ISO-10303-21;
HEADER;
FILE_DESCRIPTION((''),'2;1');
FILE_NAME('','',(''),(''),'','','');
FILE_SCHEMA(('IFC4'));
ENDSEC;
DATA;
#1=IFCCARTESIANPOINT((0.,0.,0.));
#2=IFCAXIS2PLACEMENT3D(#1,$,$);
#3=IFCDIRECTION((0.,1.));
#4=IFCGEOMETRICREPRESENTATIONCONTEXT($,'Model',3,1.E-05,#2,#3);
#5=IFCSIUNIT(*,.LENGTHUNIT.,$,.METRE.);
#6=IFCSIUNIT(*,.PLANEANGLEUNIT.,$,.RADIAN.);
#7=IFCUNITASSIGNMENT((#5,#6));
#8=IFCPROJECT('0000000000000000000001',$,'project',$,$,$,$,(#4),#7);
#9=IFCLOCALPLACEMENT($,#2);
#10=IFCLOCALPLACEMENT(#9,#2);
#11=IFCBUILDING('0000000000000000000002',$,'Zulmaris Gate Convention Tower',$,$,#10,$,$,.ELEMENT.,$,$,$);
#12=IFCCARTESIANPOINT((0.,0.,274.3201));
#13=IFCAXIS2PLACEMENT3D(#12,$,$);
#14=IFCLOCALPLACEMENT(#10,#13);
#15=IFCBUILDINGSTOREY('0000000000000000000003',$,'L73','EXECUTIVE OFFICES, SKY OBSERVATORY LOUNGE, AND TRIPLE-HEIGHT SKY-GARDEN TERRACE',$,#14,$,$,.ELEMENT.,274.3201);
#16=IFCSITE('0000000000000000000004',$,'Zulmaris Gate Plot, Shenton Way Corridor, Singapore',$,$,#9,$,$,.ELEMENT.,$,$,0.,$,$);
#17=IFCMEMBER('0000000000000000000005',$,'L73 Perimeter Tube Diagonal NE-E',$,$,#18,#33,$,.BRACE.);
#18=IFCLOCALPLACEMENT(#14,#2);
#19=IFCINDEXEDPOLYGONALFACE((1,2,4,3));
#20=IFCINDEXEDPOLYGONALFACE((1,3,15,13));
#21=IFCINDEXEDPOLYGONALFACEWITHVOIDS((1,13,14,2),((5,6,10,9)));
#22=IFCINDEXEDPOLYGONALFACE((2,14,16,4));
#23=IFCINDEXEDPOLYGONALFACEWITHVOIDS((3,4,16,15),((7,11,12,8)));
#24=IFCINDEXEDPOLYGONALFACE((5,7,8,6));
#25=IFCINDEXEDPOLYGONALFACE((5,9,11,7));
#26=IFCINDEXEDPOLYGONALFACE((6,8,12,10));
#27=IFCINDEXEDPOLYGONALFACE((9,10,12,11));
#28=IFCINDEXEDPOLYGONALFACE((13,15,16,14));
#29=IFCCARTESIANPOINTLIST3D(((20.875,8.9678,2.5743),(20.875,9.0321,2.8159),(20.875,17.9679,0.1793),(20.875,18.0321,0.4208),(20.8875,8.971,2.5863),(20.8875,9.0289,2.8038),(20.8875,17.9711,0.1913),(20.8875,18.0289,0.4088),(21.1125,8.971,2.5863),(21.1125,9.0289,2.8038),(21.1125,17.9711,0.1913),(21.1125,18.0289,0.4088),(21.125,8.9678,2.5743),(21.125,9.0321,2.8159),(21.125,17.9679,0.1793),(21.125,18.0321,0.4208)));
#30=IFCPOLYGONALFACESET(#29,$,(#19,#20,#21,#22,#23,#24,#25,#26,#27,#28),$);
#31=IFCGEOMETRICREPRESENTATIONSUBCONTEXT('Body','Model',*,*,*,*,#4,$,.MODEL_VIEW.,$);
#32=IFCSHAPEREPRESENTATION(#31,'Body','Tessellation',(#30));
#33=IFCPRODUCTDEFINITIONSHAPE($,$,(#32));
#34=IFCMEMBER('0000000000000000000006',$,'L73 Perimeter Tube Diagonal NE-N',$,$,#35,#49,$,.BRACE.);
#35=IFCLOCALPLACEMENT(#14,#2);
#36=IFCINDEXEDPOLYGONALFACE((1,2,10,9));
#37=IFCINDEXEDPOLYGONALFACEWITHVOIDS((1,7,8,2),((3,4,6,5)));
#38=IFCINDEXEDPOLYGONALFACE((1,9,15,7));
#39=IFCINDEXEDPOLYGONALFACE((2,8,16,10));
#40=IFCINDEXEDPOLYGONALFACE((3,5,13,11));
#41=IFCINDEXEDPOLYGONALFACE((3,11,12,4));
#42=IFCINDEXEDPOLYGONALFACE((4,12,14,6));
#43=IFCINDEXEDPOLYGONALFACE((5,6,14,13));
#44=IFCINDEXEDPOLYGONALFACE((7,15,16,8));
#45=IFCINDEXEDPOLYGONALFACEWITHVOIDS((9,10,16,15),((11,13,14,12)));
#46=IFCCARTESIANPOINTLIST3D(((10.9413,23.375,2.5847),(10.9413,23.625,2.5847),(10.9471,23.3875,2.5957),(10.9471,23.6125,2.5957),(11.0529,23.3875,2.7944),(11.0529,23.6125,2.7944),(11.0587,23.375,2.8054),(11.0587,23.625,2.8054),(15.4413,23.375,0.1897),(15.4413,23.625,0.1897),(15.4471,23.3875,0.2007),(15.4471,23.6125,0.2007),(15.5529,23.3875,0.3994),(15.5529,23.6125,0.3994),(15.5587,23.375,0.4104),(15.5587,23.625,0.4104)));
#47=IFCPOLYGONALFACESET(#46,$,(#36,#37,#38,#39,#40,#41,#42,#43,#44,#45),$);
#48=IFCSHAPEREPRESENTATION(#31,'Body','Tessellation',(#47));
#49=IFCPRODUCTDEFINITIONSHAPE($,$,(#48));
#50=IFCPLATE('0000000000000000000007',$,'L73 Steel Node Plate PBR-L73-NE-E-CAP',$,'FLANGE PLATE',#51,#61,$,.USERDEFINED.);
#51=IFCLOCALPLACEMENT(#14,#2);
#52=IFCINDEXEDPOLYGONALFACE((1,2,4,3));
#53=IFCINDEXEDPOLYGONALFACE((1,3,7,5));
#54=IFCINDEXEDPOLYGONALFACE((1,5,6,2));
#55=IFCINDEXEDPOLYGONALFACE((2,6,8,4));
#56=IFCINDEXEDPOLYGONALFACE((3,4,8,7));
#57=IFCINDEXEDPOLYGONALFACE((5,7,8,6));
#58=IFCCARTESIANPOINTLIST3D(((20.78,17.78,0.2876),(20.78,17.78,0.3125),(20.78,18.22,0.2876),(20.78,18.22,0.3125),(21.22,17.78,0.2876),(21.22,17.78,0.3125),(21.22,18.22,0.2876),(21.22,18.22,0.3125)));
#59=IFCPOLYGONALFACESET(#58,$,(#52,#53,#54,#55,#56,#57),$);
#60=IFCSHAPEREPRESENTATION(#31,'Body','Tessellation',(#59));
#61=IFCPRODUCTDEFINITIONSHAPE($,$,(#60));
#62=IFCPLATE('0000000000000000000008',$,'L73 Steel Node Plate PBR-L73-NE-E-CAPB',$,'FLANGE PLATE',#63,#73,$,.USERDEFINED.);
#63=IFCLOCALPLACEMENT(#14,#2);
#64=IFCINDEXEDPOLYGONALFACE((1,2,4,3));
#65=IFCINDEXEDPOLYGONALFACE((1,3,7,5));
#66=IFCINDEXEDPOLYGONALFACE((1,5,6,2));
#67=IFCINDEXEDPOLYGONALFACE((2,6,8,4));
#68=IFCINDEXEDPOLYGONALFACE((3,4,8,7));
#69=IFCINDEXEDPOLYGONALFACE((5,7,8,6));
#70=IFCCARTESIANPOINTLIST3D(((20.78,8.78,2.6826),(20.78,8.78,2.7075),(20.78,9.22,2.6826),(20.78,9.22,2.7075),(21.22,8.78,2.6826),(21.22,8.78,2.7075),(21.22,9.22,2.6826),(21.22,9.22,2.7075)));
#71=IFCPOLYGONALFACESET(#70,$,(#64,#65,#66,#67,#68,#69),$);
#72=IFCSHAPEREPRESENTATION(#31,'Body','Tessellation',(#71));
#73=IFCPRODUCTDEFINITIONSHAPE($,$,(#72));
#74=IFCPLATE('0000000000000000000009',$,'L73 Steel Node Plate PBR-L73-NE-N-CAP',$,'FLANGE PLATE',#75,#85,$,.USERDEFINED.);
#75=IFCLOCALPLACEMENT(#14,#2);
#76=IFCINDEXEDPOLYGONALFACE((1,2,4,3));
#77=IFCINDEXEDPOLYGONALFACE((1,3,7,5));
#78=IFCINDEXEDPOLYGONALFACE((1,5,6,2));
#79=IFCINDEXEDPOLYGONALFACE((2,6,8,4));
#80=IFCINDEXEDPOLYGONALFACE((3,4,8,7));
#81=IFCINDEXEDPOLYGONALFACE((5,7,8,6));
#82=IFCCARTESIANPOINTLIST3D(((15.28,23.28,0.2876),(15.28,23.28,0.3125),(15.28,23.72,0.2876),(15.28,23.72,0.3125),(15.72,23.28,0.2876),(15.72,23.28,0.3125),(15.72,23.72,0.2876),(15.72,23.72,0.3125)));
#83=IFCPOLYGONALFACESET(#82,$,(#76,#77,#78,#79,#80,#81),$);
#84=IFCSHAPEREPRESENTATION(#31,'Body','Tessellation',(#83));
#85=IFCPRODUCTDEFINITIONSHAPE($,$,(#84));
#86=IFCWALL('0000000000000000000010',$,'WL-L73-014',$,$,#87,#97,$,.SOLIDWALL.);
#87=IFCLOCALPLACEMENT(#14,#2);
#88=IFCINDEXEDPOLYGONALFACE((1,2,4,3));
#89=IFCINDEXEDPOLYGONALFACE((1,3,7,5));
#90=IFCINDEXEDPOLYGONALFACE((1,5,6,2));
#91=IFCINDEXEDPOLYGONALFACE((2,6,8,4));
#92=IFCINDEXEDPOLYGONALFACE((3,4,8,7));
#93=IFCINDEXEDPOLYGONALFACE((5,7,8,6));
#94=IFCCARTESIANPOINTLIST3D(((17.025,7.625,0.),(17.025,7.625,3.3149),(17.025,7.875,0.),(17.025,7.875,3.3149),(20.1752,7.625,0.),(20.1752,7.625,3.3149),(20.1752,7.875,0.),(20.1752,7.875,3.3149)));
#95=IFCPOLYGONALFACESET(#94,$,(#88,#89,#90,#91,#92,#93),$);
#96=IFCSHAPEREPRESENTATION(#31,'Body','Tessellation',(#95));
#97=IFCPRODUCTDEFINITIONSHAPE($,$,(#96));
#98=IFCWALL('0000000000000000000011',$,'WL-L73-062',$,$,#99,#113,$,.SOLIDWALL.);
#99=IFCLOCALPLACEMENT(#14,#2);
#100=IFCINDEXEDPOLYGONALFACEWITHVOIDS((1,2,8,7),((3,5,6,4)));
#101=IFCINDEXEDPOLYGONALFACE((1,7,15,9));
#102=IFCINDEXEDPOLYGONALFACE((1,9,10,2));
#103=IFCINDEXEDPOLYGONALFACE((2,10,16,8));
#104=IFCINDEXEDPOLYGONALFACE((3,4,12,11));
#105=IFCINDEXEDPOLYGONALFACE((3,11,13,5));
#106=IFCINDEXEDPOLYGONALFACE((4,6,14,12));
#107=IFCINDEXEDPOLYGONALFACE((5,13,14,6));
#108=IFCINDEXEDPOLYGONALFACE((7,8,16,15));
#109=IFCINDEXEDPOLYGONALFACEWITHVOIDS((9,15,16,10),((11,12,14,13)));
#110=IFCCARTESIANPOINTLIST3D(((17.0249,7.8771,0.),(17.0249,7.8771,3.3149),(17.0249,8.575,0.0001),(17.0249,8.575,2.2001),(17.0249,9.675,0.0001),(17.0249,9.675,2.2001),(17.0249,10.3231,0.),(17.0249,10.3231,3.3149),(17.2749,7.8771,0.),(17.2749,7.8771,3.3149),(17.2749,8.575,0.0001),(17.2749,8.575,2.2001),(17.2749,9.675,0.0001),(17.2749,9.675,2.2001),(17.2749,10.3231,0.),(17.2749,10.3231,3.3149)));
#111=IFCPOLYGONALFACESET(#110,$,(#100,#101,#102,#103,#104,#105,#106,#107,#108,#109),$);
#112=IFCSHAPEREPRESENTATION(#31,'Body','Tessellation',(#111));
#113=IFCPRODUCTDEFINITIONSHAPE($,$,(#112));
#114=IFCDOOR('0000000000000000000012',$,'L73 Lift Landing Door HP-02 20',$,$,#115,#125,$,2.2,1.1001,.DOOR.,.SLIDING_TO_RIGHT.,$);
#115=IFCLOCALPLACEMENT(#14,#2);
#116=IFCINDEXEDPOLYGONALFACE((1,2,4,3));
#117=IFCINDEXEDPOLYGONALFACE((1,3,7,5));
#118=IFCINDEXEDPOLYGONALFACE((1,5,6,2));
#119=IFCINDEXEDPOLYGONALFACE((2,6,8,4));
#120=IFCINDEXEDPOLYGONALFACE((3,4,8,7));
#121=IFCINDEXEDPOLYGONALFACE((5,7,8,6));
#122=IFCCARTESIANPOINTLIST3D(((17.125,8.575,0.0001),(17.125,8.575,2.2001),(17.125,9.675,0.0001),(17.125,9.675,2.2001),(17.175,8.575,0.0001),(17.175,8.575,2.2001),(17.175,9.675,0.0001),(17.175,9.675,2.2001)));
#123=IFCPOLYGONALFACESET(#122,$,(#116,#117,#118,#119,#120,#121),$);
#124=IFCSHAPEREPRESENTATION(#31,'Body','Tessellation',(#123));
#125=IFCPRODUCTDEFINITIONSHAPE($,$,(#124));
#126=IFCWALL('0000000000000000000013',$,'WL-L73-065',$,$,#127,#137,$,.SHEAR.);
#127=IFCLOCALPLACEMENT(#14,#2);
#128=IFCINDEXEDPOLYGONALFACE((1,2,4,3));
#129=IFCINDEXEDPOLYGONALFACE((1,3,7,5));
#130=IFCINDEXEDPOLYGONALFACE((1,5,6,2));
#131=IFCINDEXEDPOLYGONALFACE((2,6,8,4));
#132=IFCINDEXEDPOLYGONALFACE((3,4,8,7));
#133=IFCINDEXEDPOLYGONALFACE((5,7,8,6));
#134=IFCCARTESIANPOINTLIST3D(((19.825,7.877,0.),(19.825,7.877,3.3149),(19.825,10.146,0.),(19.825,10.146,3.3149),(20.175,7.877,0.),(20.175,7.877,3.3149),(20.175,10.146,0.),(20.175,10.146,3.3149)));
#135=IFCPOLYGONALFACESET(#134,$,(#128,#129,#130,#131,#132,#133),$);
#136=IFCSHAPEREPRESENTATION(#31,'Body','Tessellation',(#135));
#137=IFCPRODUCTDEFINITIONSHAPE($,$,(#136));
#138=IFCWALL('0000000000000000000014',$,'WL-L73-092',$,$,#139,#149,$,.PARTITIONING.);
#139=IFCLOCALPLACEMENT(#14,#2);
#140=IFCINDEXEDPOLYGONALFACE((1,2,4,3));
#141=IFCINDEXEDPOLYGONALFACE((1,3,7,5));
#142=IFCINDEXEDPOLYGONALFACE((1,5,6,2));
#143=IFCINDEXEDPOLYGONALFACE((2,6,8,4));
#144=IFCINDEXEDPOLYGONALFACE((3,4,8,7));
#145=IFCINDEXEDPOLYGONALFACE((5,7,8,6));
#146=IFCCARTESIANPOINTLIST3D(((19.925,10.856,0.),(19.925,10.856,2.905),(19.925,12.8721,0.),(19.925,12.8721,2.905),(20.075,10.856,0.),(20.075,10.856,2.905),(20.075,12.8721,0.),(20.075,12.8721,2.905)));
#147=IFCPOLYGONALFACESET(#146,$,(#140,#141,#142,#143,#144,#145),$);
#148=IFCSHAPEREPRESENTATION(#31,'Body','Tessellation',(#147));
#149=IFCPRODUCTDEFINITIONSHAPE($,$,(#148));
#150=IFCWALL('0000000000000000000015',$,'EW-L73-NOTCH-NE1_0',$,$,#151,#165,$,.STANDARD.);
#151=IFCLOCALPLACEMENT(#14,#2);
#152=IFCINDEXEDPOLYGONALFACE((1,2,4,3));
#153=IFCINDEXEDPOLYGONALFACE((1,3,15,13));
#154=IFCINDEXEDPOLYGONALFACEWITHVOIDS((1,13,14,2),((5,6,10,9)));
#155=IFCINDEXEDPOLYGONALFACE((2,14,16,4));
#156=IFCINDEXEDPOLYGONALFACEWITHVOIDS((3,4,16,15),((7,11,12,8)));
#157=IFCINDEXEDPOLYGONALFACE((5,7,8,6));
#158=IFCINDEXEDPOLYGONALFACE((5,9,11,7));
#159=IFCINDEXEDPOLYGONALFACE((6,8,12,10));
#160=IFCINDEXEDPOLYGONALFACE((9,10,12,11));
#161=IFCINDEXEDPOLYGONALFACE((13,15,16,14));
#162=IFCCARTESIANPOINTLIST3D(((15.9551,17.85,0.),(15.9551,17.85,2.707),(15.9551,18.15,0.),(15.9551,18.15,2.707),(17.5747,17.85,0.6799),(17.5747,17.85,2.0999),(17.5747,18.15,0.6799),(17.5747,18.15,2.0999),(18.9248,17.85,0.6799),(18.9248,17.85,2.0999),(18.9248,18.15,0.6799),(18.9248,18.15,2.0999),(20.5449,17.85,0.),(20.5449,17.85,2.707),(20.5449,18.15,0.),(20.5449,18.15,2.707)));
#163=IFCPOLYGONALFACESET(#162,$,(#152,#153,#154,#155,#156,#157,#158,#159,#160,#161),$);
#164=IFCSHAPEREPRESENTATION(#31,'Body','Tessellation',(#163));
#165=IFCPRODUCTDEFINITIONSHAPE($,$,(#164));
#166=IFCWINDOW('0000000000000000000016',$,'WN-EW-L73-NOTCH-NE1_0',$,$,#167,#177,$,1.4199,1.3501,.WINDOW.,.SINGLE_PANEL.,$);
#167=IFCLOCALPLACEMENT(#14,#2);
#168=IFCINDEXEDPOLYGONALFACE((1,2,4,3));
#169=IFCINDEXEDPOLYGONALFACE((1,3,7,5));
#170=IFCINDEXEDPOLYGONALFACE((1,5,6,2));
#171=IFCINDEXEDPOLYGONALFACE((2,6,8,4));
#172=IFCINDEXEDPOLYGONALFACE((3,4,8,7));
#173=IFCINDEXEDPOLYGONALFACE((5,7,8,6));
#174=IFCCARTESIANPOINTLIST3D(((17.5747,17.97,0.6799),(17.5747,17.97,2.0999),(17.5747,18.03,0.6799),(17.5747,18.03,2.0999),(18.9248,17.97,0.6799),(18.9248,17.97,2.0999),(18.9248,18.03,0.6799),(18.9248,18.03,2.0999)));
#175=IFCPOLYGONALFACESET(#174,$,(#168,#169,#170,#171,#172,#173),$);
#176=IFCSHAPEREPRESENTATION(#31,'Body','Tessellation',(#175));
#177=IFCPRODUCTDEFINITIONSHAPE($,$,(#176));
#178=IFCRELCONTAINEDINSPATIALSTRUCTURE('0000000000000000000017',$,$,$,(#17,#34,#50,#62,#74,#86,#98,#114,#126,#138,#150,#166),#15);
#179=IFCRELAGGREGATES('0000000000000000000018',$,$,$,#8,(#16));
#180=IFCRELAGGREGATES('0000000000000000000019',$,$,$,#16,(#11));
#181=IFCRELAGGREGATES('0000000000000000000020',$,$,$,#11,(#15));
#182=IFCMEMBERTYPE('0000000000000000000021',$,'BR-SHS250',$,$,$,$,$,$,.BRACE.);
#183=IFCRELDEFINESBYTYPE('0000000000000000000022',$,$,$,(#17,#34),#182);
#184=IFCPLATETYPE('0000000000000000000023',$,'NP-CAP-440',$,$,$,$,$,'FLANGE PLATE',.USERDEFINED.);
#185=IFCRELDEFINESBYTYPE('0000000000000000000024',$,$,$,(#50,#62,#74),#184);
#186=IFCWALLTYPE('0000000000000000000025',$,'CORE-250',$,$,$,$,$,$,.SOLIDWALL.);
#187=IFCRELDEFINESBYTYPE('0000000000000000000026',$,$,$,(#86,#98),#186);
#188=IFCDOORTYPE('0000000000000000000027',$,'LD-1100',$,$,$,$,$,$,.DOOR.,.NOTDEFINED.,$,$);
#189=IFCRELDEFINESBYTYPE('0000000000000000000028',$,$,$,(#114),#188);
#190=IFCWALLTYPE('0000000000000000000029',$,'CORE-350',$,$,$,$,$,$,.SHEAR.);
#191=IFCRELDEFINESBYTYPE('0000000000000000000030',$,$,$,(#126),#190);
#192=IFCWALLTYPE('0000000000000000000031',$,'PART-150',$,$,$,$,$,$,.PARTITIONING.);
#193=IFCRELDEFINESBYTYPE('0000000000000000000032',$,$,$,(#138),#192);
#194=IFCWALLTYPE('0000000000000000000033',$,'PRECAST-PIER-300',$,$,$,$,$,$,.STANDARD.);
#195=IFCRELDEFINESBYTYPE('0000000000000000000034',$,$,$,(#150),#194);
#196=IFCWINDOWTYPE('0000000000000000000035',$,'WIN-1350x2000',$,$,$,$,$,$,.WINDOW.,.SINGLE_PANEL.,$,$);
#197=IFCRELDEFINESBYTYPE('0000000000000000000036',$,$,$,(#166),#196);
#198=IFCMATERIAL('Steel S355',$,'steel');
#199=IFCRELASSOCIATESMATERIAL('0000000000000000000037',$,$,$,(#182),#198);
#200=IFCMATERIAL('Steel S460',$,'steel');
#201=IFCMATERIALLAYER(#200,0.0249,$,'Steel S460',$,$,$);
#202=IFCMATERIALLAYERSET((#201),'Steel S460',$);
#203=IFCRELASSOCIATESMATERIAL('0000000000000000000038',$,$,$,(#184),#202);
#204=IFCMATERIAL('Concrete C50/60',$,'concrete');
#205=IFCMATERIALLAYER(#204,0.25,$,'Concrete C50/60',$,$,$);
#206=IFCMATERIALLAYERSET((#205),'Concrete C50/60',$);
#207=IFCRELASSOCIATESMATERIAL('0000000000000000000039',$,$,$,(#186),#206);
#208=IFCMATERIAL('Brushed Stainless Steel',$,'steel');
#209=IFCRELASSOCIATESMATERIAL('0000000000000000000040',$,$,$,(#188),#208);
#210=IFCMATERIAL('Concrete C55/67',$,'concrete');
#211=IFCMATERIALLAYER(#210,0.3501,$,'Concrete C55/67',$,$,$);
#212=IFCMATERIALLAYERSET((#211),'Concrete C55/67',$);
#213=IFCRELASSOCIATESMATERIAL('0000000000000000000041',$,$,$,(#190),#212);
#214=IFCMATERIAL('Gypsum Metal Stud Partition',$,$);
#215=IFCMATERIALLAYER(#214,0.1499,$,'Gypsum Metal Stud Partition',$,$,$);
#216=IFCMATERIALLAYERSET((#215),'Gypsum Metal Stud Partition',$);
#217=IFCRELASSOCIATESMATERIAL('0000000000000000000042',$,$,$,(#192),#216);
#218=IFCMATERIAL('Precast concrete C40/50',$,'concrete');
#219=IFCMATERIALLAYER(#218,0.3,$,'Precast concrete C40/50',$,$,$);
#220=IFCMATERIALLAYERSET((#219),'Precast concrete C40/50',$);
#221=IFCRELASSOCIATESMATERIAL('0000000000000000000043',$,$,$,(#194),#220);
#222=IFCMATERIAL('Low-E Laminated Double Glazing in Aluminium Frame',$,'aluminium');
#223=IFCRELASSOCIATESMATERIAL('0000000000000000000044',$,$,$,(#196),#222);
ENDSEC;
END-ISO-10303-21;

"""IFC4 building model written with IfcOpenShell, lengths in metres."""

from ifc_helpers import new_model, si_unit, direction, frame, frame_2d, origin, origin_2d, place, context, subcontext, project, spatial, rectangle, hollow_rectangle, extrude, material, layer, layer_set, material_profile, profile_set, type_object, element, fill, save


model = new_model("IFC4")

# Units and contexts
model_context = context("Model", 3, precision=1e-05, world=origin(), true_north=direction((0.0, 1.0)))
body_context = subcontext(model_context, "Body", "Model", "MODEL_VIEW")
ifc_project = project(units=[si_unit("LENGTHUNIT", "METRE"), si_unit("PLANEANGLEUNIT", "RADIAN")], contexts=[model_context])

# Site, building, storey
site_placement = place(None, origin())
site = spatial("IfcSite", under=ifc_project, at=site_placement, Name="Zulmaris Gate Plot, Shenton Way Corridor, Singapore", CompositionType="ELEMENT", RefElevation=0.0)
building_placement = place(site_placement, origin())
building = spatial("IfcBuilding", under=site, at=building_placement, Name="Zulmaris Gate Convention Tower", CompositionType="ELEMENT")
storey_placement = place(building_placement, frame((0.0, 0.0, 274.3201)))
storey = spatial("IfcBuildingStorey", under=building, at=storey_placement, Name="L73", Description="EXECUTIVE OFFICES, SKY OBSERVATORY LOUNGE, AND TRIPLE-HEIGHT SKY-GARDEN TERRACE", CompositionType="ELEMENT", Elevation=274.3201)

# Shared definitions
ifc_material_1 = material(Name="Concrete C50/60", Category="concrete")

# Shared definitions
ifc_material_2 = material(Name="Steel S355", Category="steel")

# Members
ifc_material_profile_1 = material_profile(ifc_material_2, hollow_rectangle(XDim=0.25, YDim=0.25, WallThickness=0.0125, at=origin_2d()), Name="SHS 250x250x12.5")
ifc_profile_set_1 = profile_set([ifc_material_profile_1], Name="Steel S355")
member_type = type_object("IfcMemberType", Name="BR-SHS250", PredefinedType="BRACE", material=ifc_profile_set_1)
member_1_placement = place(storey_placement, frame((21.0, 18.0, 0.3), z_axis=(0.0, -0.966368, 0.257163), x_axis=(1.0, 0.0, 0.0)))
element("IfcMember", 1, at=member_1_placement, inside=storey, type_object=member_type, Name="L73 Perimeter Tube Diagonal NE-E", PredefinedType="BRACE", context=body_context, shape_type="SweptSolid", body=[
    extrude(hollow_rectangle(XDim=0.25, YDim=0.25, WallThickness=0.0125, at=origin_2d()), origin(), (0.0, 0.0, 1.0), 9.3132),
])
member_2_placement = place(storey_placement, frame((15.5, 23.5, 0.3), z_axis=(-0.882758, 0.0, 0.469827), x_axis=(0.0, -1.0, 0.0)))
element("IfcMember", 2, at=member_2_placement, inside=storey, type_object=member_type, Name="L73 Perimeter Tube Diagonal NE-N", PredefinedType="BRACE", context=body_context, shape_type="SweptSolid", body=[
    extrude(hollow_rectangle(XDim=0.25, YDim=0.25, WallThickness=0.0125, at=origin_2d()), origin(), (0.0, 0.0, 1.0), 5.0977),
])

# Plates
ifc_material_3 = material(Name="Steel S460", Category="steel")
ifc_layer_1 = layer(ifc_material_3, 0.0249, Name="Steel S460")
ifc_layer_set_1 = layer_set([ifc_layer_1], Name="Steel S460")
plate_type = type_object("IfcPlateType", Name="NP-CAP-440", ElementType="FLANGE PLATE", PredefinedType="USERDEFINED", material=ifc_layer_set_1)
for number, where, z_axis, x_axis, name in (
    (3, (21.0, 18.0, 0.2876), (0.0, 0.0, 1.0), (1.0, 0.0, 0.0), "L73 Steel Node Plate PBR-L73-NE-E-CAP"),
    (4, (21.0, 9.0, 2.6826), (0.0, 0.0, 1.0), (1.0, 0.0, 0.0), "L73 Steel Node Plate PBR-L73-NE-E-CAPB"),
    (5, (15.5, 23.5, 0.2876), (0.0, 0.0, 1.0), (1.0, 0.0, 0.0), "L73 Steel Node Plate PBR-L73-NE-N-CAP"),
):
    element("IfcPlate", number, at=place(storey_placement, frame(where, z_axis=z_axis, x_axis=x_axis)), inside=storey, type_object=plate_type, Name=name, ObjectType="FLANGE PLATE", PredefinedType="USERDEFINED", context=body_context, shape_type="SweptSolid", body=[
        extrude(rectangle(XDim=0.4399, YDim=0.4399, at=origin_2d()), origin(), (0.0, 0.0, 1.0), 0.0249),
    ])

# Wall
ifc_layer_2 = layer(ifc_material_1, 0.25, Name="Concrete C50/60")
ifc_layer_set_2 = layer_set([ifc_layer_2], Name="Concrete C50/60")
wall_type_1 = type_object("IfcWallType", Name="CORE-250", PredefinedType="SOLIDWALL", material=ifc_layer_set_2)
wall_1_placement = place(storey_placement, frame((17.0249, 7.75, 0.0), z_axis=(0.0, 0.0, 1.0), x_axis=(1.0, 0.0, 0.0)))
element("IfcWall", 6, at=wall_1_placement, inside=storey, type_object=wall_type_1, Name="WL-L73-014", PredefinedType="SOLIDWALL", context=body_context, shape_type="SweptSolid", body=[
    extrude(rectangle(XDim=3.1501, YDim=0.25, at=frame_2d((1.5752, 0.0))), origin(), (0.0, 0.0, 1.0), 3.3149),
])

# Wall, opening, door
wall_2_placement = place(storey_placement, frame((17.1499, 7.877, 0.0), z_axis=(0.0, 0.0, 1.0), x_axis=(0.0, 1.0, 0.0)))
wall_2 = element("IfcWall", 7, at=wall_2_placement, inside=storey, type_object=wall_type_1, Name="WL-L73-062", PredefinedType="SOLIDWALL", context=body_context, shape_type="SweptSolid", body=[
    extrude(rectangle(XDim=2.446, YDim=0.25, at=frame_2d((1.2231, 0.0))), origin(), (0.0, 0.0, 1.0), 3.3149),
])
opening_1_placement = place(wall_2_placement, frame((0.698, 0.0, 0.0)))
opening_1 = element("IfcOpeningElement", 8, at=opening_1_placement, cuts=wall_2, PredefinedType="OPENING", context=body_context, shape_type="SweptSolid", body=[
    extrude(rectangle(XDim=1.1001, YDim=2.2, at=frame_2d((0.55, 1.1001))), frame((0.0, 0.135, 0.0), z_axis=(0.0, -1.0, 0.0), x_axis=(1.0, 0.0, 0.0)), (0.0, 0.0, 1.0), 0.27),
])
ifc_material_4 = material(Name="Brushed Stainless Steel", Category="steel")
door_type = type_object("IfcDoorType", Name="LD-1100", OperationType="NOTDEFINED", PredefinedType="DOOR", material=ifc_material_4)
door_placement = place(opening_1_placement, origin())
door = element("IfcDoor", 9, at=door_placement, inside=storey, type_object=door_type, Name="L73 Lift Landing Door HP-02 20", OperationType="SLIDING_TO_RIGHT", OverallHeight=2.2, OverallWidth=1.1001, PredefinedType="DOOR", context=body_context, shape_type="SweptSolid", body=[
    extrude(rectangle(XDim=1.1001, YDim=2.2, at=frame_2d((0.55, 1.1001))), frame((0.0, 0.0249, 0.0), z_axis=(0.0, -1.0, 0.0), x_axis=(1.0, 0.0, 0.0)), (0.0, 0.0, 1.0), 0.05),
])
fill(opening_1, door)

# Walls
ifc_material_5 = material(Name="Concrete C55/67", Category="concrete")
ifc_layer_3 = layer(ifc_material_5, 0.3501, Name="Concrete C55/67")
ifc_layer_set_3 = layer_set([ifc_layer_3], Name="Concrete C55/67")
wall_type_2 = type_object("IfcWallType", Name="CORE-350", PredefinedType="SHEAR", material=ifc_layer_set_3)
wall_3_placement = place(storey_placement, frame((20.0, 7.877, 0.0), z_axis=(0.0, 0.0, 1.0), x_axis=(0.0, 1.0, 0.0)))
element("IfcWall", 10, at=wall_3_placement, inside=storey, type_object=wall_type_2, Name="WL-L73-065", PredefinedType="SHEAR", context=body_context, shape_type="SweptSolid", body=[
    extrude(rectangle(XDim=2.269, YDim=0.3501, at=frame_2d((1.1345, 0.0))), origin(), (0.0, 0.0, 1.0), 3.3149),
])
ifc_material_6 = material(Name="Gypsum Metal Stud Partition")
ifc_layer_4 = layer(ifc_material_6, 0.1499, Name="Gypsum Metal Stud Partition")
ifc_layer_set_4 = layer_set([ifc_layer_4], Name="Gypsum Metal Stud Partition")
wall_type_3 = type_object("IfcWallType", Name="PART-150", PredefinedType="PARTITIONING", material=ifc_layer_set_4)
wall_4_placement = place(storey_placement, frame((20.0, 10.856, 0.0), z_axis=(0.0, 0.0, 1.0), x_axis=(0.0, 1.0, 0.0)))
element("IfcWall", 11, at=wall_4_placement, inside=storey, type_object=wall_type_3, Name="WL-L73-092", PredefinedType="PARTITIONING", context=body_context, shape_type="SweptSolid", body=[
    extrude(rectangle(XDim=2.0161, YDim=0.1499, at=frame_2d((1.0081, 0.0))), origin(), (0.0, 0.0, 1.0), 2.905),
])

# Wall, opening, window
ifc_material_7 = material(Name="Precast concrete C40/50", Category="concrete")
ifc_layer_5 = layer(ifc_material_7, 0.3, Name="Precast concrete C40/50")
ifc_layer_set_5 = layer_set([ifc_layer_5], Name="Precast concrete C40/50")
wall_type_4 = type_object("IfcWallType", Name="PRECAST-PIER-300", PredefinedType="STANDARD", material=ifc_layer_set_5)
wall_5_placement = place(storey_placement, frame((20.5449, 18.0, 0.0), z_axis=(0.0, 0.0, 1.0), x_axis=(-1.0, 0.0, 0.0)))
wall_5 = element("IfcWall", 12, at=wall_5_placement, inside=storey, type_object=wall_type_4, Name="EW-L73-NOTCH-NE1_0", PredefinedType="STANDARD", context=body_context, shape_type="SweptSolid", body=[
    extrude(rectangle(XDim=4.5898, YDim=0.3, at=frame_2d((2.2949, 0.0))), origin(), (0.0, 0.0, 1.0), 2.707),
])
opening_2_placement = place(wall_5_placement, frame((1.6201, 0.0, 0.6799)))
opening_2 = element("IfcOpeningElement", 13, at=opening_2_placement, cuts=wall_5, PredefinedType="OPENING", context=body_context, shape_type="SweptSolid", body=[
    extrude(rectangle(XDim=1.3501, YDim=1.4199, at=frame_2d((0.675, 0.71))), frame((0.0, 0.1602, 0.0), z_axis=(0.0, -1.0, 0.0), x_axis=(1.0, 0.0, 0.0)), (0.0, 0.0, 1.0), 0.3201),
])
ifc_material_8 = material(Name="Low-E Laminated Double Glazing in Aluminium Frame", Category="aluminium")
window_type = type_object("IfcWindowType", Name="WIN-1350x2000", PartitioningType="SINGLE_PANEL", PredefinedType="WINDOW", material=ifc_material_8)
window_placement = place(opening_2_placement, origin())
window = element("IfcWindow", 14, at=window_placement, inside=storey, type_object=window_type, Name="WN-EW-L73-NOTCH-NE1_0", OverallHeight=1.4199, OverallWidth=1.3501, PartitioningType="SINGLE_PANEL", PredefinedType="WINDOW", context=body_context, shape_type="SweptSolid", body=[
    extrude(rectangle(XDim=1.3501, YDim=1.4199, at=frame_2d((0.675, 0.71))), frame((0.0, 0.03, 0.0), z_axis=(0.0, -1.0, 0.0), x_axis=(1.0, 0.0, 0.0)), (0.0, 0.0, 1.0), 0.0601),
])
fill(opening_2, window)

save(model, "model.ifc")
